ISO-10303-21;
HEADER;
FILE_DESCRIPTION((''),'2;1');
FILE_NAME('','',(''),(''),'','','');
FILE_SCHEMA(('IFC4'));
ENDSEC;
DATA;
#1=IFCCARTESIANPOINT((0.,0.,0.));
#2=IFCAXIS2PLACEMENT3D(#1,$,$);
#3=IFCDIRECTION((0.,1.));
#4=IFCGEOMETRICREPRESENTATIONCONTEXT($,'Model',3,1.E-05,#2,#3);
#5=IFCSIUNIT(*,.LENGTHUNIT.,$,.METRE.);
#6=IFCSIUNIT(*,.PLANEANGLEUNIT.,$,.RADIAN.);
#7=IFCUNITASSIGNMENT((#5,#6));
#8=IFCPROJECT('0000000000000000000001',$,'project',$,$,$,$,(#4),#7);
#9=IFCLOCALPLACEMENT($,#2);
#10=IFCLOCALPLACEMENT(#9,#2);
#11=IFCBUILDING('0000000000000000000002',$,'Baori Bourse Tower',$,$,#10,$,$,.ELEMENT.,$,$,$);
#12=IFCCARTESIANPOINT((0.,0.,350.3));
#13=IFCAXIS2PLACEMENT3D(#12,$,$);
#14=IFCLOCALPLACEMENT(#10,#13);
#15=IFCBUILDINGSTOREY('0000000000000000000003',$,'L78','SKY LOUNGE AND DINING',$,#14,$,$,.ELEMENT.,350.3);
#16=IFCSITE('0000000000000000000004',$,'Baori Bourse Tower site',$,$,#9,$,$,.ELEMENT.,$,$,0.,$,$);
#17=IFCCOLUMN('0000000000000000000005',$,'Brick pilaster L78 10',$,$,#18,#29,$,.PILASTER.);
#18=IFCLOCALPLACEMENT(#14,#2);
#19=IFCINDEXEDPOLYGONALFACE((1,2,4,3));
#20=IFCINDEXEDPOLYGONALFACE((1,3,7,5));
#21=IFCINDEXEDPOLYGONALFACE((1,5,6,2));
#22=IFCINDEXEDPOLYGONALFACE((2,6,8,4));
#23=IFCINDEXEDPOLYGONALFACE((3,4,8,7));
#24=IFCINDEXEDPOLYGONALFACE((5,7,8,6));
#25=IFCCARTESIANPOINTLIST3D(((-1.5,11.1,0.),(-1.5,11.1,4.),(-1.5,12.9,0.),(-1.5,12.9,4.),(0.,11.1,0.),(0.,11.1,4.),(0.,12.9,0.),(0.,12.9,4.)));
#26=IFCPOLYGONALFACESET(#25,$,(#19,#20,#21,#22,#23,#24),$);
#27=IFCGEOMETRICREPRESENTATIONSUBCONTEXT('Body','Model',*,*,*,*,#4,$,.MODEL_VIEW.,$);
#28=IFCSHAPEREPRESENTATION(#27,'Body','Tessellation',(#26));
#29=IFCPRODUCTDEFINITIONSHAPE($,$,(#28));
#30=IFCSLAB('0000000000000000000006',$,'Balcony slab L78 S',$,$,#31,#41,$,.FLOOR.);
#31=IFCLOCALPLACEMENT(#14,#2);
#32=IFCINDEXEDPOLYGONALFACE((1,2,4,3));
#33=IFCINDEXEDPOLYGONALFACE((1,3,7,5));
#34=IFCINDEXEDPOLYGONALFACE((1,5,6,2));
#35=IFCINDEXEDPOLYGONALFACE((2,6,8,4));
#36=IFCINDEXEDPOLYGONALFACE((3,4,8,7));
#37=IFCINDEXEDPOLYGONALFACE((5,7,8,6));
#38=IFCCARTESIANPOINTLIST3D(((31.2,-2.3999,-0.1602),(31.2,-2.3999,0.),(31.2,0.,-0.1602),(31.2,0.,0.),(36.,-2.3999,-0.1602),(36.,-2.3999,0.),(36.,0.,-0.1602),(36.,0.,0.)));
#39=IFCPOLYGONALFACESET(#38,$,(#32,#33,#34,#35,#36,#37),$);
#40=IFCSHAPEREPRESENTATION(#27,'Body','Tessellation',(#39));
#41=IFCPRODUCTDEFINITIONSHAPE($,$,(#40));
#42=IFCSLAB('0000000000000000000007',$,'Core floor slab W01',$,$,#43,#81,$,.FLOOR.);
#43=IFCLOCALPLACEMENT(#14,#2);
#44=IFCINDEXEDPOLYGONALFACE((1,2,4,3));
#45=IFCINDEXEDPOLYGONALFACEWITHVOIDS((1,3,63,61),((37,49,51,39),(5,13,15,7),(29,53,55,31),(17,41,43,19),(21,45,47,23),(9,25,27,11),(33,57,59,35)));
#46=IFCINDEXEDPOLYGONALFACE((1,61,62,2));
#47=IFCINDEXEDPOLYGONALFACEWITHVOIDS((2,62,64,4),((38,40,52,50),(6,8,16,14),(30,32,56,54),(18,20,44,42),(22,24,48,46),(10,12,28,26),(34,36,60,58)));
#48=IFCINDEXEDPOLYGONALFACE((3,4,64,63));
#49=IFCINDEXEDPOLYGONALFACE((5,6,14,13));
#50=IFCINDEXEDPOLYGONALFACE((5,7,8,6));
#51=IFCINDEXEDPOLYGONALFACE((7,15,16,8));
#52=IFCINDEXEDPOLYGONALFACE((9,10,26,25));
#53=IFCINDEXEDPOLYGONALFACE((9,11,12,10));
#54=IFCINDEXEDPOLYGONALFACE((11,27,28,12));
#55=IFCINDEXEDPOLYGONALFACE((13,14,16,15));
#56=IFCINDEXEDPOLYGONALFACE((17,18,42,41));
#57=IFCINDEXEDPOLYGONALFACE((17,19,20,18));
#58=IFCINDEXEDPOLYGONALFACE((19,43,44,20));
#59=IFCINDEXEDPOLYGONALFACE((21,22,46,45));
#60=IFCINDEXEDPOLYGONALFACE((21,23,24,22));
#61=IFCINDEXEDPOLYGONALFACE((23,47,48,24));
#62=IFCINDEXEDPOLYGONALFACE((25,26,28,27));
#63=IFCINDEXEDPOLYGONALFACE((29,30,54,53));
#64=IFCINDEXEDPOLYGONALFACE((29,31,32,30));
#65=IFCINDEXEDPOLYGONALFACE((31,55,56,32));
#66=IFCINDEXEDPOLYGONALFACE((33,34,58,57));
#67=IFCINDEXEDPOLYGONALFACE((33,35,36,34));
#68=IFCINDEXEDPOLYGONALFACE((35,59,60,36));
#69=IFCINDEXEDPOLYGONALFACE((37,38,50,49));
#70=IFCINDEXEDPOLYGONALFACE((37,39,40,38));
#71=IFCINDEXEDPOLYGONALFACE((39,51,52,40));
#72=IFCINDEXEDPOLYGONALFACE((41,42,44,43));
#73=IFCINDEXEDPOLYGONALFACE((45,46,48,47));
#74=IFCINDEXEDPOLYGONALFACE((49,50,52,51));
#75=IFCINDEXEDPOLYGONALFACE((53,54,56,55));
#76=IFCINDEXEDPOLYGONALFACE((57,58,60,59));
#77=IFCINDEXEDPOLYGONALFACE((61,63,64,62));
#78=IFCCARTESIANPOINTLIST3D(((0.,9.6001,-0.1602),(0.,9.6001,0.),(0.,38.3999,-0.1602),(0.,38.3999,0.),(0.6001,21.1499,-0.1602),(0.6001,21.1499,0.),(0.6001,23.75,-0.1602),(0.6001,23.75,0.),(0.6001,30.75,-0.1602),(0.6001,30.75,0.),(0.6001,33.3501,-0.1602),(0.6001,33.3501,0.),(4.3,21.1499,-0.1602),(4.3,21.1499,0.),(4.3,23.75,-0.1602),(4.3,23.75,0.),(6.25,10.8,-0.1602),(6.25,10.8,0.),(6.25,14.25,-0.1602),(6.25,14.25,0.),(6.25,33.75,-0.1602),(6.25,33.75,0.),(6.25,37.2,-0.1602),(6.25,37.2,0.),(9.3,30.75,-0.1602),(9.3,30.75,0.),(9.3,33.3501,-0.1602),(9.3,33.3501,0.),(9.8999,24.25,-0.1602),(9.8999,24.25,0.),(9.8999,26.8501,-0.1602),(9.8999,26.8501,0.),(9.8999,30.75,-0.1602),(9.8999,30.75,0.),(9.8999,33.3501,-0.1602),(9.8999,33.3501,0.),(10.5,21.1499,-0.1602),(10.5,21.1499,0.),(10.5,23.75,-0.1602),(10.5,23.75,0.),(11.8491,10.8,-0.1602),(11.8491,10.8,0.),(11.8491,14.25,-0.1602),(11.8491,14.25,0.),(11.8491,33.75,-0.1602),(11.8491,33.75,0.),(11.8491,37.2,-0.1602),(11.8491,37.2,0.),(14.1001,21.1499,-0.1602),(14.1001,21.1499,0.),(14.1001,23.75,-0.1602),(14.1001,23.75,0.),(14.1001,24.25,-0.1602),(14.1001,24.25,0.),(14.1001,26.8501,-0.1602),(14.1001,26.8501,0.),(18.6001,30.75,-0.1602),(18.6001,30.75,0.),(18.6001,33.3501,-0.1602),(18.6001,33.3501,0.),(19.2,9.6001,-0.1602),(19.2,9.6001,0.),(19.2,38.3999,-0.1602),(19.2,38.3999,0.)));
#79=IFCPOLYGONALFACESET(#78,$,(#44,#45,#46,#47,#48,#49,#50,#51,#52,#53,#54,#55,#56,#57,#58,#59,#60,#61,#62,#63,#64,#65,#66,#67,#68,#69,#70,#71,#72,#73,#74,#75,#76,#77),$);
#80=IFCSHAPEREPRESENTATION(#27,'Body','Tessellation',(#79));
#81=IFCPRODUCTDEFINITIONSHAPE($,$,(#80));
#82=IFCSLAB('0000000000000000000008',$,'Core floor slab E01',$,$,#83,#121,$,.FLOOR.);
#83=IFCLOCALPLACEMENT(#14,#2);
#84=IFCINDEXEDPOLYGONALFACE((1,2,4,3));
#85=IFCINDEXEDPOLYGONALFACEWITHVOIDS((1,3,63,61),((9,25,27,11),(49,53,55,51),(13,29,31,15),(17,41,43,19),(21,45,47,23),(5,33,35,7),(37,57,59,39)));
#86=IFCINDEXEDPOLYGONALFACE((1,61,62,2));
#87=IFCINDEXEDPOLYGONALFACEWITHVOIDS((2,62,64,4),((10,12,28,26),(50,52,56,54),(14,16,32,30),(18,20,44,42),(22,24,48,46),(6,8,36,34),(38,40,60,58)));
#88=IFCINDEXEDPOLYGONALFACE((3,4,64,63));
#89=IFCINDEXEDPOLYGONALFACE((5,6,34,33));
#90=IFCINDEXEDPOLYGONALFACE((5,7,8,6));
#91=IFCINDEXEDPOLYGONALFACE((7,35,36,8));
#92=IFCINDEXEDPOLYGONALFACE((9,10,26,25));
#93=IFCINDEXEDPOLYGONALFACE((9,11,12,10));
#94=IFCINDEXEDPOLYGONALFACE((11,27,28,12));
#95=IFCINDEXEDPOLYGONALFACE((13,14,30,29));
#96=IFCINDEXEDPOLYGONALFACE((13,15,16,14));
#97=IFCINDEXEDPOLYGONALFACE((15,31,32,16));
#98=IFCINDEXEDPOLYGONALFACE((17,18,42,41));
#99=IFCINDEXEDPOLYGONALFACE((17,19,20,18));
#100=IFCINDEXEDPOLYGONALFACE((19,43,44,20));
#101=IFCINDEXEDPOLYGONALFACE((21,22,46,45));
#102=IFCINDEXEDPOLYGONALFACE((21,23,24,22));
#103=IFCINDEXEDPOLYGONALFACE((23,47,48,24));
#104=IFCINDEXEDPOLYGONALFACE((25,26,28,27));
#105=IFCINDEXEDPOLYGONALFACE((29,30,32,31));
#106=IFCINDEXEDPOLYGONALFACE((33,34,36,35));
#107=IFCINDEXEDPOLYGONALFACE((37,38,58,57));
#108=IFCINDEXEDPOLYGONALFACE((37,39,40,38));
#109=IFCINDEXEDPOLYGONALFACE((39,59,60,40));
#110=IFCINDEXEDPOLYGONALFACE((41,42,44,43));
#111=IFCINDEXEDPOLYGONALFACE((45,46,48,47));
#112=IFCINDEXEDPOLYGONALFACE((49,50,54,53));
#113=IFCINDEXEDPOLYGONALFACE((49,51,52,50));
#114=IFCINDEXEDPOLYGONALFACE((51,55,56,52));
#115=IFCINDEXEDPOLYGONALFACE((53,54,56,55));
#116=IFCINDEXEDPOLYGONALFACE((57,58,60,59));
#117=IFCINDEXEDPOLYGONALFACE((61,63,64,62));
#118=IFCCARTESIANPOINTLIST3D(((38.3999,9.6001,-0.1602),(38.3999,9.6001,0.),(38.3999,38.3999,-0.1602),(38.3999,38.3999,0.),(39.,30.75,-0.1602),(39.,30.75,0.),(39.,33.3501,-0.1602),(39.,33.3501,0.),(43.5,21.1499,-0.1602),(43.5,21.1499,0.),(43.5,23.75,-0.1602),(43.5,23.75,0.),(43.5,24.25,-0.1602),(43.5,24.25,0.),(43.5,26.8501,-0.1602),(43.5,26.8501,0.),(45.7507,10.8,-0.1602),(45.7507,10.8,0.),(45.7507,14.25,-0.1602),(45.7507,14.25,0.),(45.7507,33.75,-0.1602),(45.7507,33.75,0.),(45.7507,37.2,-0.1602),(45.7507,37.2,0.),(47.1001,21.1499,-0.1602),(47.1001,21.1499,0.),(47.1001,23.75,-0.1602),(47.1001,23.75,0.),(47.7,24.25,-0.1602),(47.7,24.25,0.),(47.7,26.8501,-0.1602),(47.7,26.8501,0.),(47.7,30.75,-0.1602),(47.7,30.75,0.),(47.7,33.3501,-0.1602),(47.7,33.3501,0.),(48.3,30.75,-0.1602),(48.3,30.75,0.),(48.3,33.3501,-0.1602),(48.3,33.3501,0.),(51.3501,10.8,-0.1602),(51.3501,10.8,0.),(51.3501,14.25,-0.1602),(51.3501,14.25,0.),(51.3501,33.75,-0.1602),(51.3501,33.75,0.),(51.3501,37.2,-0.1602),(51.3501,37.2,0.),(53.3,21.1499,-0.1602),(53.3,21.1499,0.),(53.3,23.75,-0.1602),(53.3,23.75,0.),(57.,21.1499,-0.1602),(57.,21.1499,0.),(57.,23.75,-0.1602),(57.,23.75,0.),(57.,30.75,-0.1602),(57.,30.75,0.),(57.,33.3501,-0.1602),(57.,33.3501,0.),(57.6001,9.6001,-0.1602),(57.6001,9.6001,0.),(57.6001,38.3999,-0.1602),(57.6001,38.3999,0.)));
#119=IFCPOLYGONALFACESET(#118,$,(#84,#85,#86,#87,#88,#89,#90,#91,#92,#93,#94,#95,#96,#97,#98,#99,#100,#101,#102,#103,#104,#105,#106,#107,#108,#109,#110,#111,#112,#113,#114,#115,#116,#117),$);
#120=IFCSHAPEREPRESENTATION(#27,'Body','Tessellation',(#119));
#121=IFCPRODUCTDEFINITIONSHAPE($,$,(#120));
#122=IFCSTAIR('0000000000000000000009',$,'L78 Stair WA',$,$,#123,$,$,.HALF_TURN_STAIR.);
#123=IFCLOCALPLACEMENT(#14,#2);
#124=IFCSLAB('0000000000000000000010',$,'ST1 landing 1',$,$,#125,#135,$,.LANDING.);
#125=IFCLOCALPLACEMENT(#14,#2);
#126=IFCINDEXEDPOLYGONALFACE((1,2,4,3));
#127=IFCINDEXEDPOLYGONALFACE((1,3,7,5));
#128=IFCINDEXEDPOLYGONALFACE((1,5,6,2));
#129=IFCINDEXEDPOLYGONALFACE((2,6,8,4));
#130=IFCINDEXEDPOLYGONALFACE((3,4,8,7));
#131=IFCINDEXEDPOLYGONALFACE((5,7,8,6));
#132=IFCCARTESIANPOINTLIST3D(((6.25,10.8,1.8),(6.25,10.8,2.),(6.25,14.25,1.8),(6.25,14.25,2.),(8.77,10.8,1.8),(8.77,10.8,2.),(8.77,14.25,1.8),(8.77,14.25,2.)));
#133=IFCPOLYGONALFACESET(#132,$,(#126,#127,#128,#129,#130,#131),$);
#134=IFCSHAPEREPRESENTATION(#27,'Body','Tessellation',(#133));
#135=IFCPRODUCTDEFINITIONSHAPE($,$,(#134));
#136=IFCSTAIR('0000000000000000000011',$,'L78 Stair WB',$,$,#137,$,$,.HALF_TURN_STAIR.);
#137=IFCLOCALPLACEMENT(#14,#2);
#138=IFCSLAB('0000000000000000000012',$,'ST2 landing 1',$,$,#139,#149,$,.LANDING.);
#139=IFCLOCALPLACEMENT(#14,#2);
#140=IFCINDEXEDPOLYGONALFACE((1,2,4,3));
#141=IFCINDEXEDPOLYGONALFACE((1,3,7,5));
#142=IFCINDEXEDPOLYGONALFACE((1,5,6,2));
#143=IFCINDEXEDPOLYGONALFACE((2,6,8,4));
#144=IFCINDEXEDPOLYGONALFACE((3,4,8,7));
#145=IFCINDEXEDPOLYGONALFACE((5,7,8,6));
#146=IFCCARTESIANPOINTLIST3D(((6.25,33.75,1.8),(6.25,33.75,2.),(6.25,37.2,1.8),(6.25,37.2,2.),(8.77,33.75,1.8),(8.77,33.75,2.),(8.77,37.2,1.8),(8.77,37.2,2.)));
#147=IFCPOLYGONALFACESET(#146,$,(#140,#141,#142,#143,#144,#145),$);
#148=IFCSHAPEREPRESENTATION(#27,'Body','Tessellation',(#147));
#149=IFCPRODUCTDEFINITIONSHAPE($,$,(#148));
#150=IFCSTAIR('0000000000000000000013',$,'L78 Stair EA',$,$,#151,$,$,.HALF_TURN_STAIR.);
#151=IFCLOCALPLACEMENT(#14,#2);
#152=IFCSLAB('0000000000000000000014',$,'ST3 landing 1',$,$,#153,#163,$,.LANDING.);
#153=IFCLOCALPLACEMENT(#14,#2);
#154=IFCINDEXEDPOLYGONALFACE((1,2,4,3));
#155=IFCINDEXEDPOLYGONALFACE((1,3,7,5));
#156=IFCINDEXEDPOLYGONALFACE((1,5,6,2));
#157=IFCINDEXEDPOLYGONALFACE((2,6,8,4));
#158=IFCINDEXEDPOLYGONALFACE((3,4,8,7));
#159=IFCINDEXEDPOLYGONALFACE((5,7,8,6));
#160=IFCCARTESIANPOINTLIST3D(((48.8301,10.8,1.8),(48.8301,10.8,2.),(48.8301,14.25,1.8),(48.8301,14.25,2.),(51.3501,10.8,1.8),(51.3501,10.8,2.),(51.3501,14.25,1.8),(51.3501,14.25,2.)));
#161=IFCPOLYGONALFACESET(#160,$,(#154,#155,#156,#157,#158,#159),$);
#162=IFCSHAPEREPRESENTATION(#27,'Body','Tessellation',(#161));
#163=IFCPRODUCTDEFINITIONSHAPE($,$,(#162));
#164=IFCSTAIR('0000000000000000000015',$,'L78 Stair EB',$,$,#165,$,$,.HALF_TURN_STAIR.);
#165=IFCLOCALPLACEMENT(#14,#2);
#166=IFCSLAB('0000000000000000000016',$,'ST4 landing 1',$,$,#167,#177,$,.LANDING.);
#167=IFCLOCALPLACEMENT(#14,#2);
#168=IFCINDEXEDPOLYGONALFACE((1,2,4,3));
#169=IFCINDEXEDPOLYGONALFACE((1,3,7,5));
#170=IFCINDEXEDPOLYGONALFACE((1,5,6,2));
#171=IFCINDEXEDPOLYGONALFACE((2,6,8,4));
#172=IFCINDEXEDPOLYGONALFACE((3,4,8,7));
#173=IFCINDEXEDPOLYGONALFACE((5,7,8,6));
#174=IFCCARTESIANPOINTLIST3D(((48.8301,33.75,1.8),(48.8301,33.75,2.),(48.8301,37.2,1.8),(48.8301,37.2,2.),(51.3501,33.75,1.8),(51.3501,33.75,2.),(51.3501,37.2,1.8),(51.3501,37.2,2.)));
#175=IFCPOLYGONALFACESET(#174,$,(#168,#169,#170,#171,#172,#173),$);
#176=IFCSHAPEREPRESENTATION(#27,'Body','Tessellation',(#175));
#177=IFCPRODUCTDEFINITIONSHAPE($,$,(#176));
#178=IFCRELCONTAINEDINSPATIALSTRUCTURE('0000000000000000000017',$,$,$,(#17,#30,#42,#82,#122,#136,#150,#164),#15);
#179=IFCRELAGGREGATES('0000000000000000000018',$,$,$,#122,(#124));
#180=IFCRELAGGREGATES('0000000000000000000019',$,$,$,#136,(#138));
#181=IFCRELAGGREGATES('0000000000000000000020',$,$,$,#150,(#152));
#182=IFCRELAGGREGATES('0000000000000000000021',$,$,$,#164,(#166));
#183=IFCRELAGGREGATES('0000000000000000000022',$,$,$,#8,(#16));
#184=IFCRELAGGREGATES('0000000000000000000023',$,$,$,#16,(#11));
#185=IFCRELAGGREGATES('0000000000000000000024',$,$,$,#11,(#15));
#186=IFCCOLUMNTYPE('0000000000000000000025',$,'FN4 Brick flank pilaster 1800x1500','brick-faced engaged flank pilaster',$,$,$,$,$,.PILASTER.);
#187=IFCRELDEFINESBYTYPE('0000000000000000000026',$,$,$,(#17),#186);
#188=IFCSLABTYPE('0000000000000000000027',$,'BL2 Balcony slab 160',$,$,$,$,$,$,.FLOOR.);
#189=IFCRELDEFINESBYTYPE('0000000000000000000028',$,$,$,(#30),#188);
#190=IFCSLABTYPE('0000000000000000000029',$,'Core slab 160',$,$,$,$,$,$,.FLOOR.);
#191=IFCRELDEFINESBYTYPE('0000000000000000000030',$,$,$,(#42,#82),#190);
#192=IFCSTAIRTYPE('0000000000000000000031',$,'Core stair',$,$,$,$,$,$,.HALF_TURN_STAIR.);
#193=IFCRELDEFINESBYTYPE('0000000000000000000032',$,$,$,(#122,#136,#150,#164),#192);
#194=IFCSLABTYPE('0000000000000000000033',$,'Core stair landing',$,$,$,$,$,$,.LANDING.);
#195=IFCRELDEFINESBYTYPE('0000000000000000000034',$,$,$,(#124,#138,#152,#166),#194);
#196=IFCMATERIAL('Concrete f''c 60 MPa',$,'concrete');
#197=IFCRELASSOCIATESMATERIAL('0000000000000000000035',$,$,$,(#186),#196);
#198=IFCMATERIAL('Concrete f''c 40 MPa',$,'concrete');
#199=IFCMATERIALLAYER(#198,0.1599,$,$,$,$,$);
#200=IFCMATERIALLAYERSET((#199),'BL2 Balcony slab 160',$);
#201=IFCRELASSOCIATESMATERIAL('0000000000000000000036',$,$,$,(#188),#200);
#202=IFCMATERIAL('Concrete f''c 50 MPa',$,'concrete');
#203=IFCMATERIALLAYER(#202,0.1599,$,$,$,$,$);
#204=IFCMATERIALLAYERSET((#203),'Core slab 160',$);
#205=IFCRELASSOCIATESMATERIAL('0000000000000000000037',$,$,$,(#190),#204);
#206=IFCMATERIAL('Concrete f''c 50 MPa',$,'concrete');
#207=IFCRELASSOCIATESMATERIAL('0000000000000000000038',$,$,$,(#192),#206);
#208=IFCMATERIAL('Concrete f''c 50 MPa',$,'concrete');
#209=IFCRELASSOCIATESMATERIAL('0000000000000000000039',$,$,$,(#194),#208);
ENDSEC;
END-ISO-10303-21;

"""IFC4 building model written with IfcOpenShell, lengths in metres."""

from ifc_helpers import new_model, si_unit, direction, frame, origin, origin_2d, place, context, subcontext, project, spatial, polyline, rectangle, outline, extrude, material, layer, layer_set, material_profile, profile_set, type_object, element, aggregate, save


model = new_model("IFC4")

# Units and contexts
model_context = context("Model", 3, precision=1e-05, world=origin(), true_north=direction((0.0, 1.0)))
body_context = subcontext(model_context, "Body", "Model", "MODEL_VIEW")
ifc_project = project(units=[si_unit("LENGTHUNIT", "METRE"), si_unit("PLANEANGLEUNIT", "RADIAN")], contexts=[model_context])

# Site, building, storey
site_placement = place(None, origin())
site = spatial("IfcSite", under=ifc_project, at=site_placement, Name="Baori Bourse Tower site", CompositionType="ELEMENT", RefElevation=0.0)
building_placement = place(site_placement, origin())
building = spatial("IfcBuilding", under=site, at=building_placement, Name="Baori Bourse Tower", CompositionType="ELEMENT")
storey_placement = place(building_placement, frame((0.0, 0.0, 350.3)))
storey = spatial("IfcBuildingStorey", under=building, at=storey_placement, Name="L78", Description="SKY LOUNGE AND DINING", CompositionType="ELEMENT", Elevation=350.3)

# Column
ifc_material_1 = material(Name="Concrete f'c 60 MPa", Category="concrete")
ifc_material_profile = material_profile(ifc_material_1, rectangle(XDim=1.8, YDim=1.5, at=origin_2d()), Name="RC 1800x1500")
ifc_profile_set = profile_set([ifc_material_profile], Name="Concrete f'c 60 MPa")
column_type = type_object("IfcColumnType", Name="FN4 Brick flank pilaster 1800x1500", Description="brick-faced engaged flank pilaster", PredefinedType="PILASTER", material=ifc_profile_set)
column_placement = place(storey_placement, frame((-0.75, 12.0, 0.0), z_axis=(0.0, 0.0, 1.0), x_axis=(0.0, 1.0, 0.0)))
element("IfcColumn", 1, at=column_placement, inside=storey, type_object=column_type, Name="Brick pilaster L78 10", PredefinedType="PILASTER", context=body_context, shape_type="SweptSolid", body=[
    extrude(rectangle(XDim=1.8, YDim=1.5, at=origin_2d()), origin(), (0.0, 0.0, 1.0), 4.0),
])

# Slabs
ifc_material_2 = material(Name="Concrete f'c 40 MPa", Category="concrete")
ifc_layer_1 = layer(ifc_material_2, 0.1599)
ifc_layer_set_1 = layer_set([ifc_layer_1], Name="BL2 Balcony slab 160")
slab_type_1 = type_object("IfcSlabType", Name="BL2 Balcony slab 160", PredefinedType="FLOOR", material=ifc_layer_set_1)
slab_1_placement = place(storey_placement, frame((0.0, 0.0, -0.1602)))
element("IfcSlab", 2, at=slab_1_placement, inside=storey, type_object=slab_type_1, Name="Balcony slab L78 S", PredefinedType="FLOOR", context=body_context, shape_type="SweptSolid", body=[
    extrude(outline(polyline([(31.2, 0.0), (31.2, -2.3999), (36.0, -2.3999), (36.0, 0.0), (31.2, 0.0)])), origin(), (0.0, 0.0, 1.0), 0.1602),
])
ifc_material_3 = material(Name="Concrete f'c 50 MPa", Category="concrete")
ifc_layer_2 = layer(ifc_material_3, 0.1599)
ifc_layer_set_2 = layer_set([ifc_layer_2], Name="Core slab 160")
slab_type_2 = type_object("IfcSlabType", Name="Core slab 160", PredefinedType="FLOOR", material=ifc_layer_set_2)
slab_2_placement = place(storey_placement, frame((0.0, 0.0, -0.1602)))
element("IfcSlab", 3, at=slab_2_placement, inside=storey, type_object=slab_type_2, Name="Core floor slab W01", PredefinedType="FLOOR", context=body_context, shape_type="SweptSolid", body=[
    extrude(outline(polyline([(19.2, 38.3999), (0.0, 38.3999), (0.0, 9.6001), (19.2, 9.6001), (19.2, 38.3999)]), holes=[polyline([(9.8999, 33.3501), (18.6001, 33.3501), (18.6001, 30.75), (9.8999, 30.75), (9.8999, 33.3501)]), polyline([(10.5, 21.1499), (10.5, 23.75), (14.1001, 23.75), (14.1001, 21.1499), (10.5, 21.1499)]), polyline([(14.1001, 24.25), (9.8999, 24.25), (9.8999, 26.8501), (14.1001, 26.8501), (14.1001, 24.25)]), polyline([(6.25, 14.25), (11.8491, 14.25), (11.8491, 10.8), (6.25, 10.8), (6.25, 14.25)]), polyline([(11.8491, 37.2), (11.8491, 33.75), (6.25, 33.75), (6.25, 37.2), (11.8491, 37.2)]), polyline([(0.6001, 30.75), (0.6001, 33.3501), (9.3, 33.3501), (9.3, 30.75), (0.6001, 30.75)]), polyline([(4.3, 23.75), (4.3, 21.1499), (0.6001, 21.1499), (0.6001, 23.75), (4.3, 23.75)])]), origin(), (0.0, 0.0, 1.0), 0.1602),
])
slab_3_placement = place(storey_placement, frame((0.0, 0.0, -0.1602)))
element("IfcSlab", 4, at=slab_3_placement, inside=storey, type_object=slab_type_2, Name="Core floor slab E01", PredefinedType="FLOOR", context=body_context, shape_type="SweptSolid", body=[
    extrude(outline(polyline([(57.6001, 9.6001), (57.6001, 38.3999), (38.3999, 38.3999), (38.3999, 9.6001), (57.6001, 9.6001)]), holes=[polyline([(48.3, 33.3501), (57.0, 33.3501), (57.0, 30.75), (48.3, 30.75), (48.3, 33.3501)]), polyline([(57.0, 21.1499), (53.3, 21.1499), (53.3, 23.75), (57.0, 23.75), (57.0, 21.1499)]), polyline([(45.7507, 14.25), (51.3501, 14.25), (51.3501, 10.8), (45.7507, 10.8), (45.7507, 14.25)]), polyline([(51.3501, 37.2), (51.3501, 33.75), (45.7507, 33.75), (45.7507, 37.2), (51.3501, 37.2)]), polyline([(43.5, 24.25), (43.5, 26.8501), (47.7, 26.8501), (47.7, 24.25), (43.5, 24.25)]), polyline([(47.7, 33.3501), (47.7, 30.75), (39.0, 30.75), (39.0, 33.3501), (47.7, 33.3501)]), polyline([(43.5, 23.75), (47.1001, 23.75), (47.1001, 21.1499), (43.5, 21.1499), (43.5, 23.75)])]), origin(), (0.0, 0.0, 1.0), 0.1602),
])

# Stairs, slabs
ifc_material_4 = material(Name="Concrete f'c 50 MPa", Category="concrete")
stair_type = type_object("IfcStairType", Name="Core stair", PredefinedType="HALF_TURN_STAIR", material=ifc_material_4)
stair_1_placement = place(storey_placement, origin())
stair_1 = element("IfcStair", 5, at=stair_1_placement, inside=storey, type_object=stair_type, Name="L78 Stair WA", PredefinedType="HALF_TURN_STAIR")
ifc_material_5 = material(Name="Concrete f'c 50 MPa", Category="concrete")
slab_type_3 = type_object("IfcSlabType", Name="Core stair landing", PredefinedType="LANDING", material=ifc_material_5)
slab_4_placement = place(storey_placement, frame((0.0, 0.0, 1.8)))
slab_4 = element("IfcSlab", 6, at=slab_4_placement, type_object=slab_type_3, Name="ST1 landing 1", PredefinedType="LANDING", context=body_context, shape_type="SweptSolid", body=[
    extrude(outline(polyline([(8.77, 14.25), (6.25, 14.25), (6.25, 10.8), (8.77, 10.8), (8.77, 14.25)])), origin(), (0.0, 0.0, 1.0), 0.2),
])
aggregate(stair_1, [slab_4])
stair_2_placement = place(storey_placement, origin())
stair_2 = element("IfcStair", 7, at=stair_2_placement, inside=storey, type_object=stair_type, Name="L78 Stair WB", PredefinedType="HALF_TURN_STAIR")
slab_5_placement = place(storey_placement, frame((0.0, 0.0, 1.8)))
slab_5 = element("IfcSlab", 8, at=slab_5_placement, type_object=slab_type_3, Name="ST2 landing 1", PredefinedType="LANDING", context=body_context, shape_type="SweptSolid", body=[
    extrude(outline(polyline([(8.77, 37.2), (6.25, 37.2), (6.25, 33.75), (8.77, 33.75), (8.77, 37.2)])), origin(), (0.0, 0.0, 1.0), 0.2),
])
aggregate(stair_2, [slab_5])
stair_3_placement = place(storey_placement, origin())
stair_3 = element("IfcStair", 9, at=stair_3_placement, inside=storey, type_object=stair_type, Name="L78 Stair EA", PredefinedType="HALF_TURN_STAIR")
slab_6_placement = place(storey_placement, frame((0.0, 0.0, 1.8)))
slab_6 = element("IfcSlab", 10, at=slab_6_placement, type_object=slab_type_3, Name="ST3 landing 1", PredefinedType="LANDING", context=body_context, shape_type="SweptSolid", body=[
    extrude(outline(polyline([(48.8301, 10.8), (51.3501, 10.8), (51.3501, 14.25), (48.8301, 14.25), (48.8301, 10.8)])), origin(), (0.0, 0.0, 1.0), 0.2),
])
aggregate(stair_3, [slab_6])
stair_4_placement = place(storey_placement, origin())
stair_4 = element("IfcStair", 11, at=stair_4_placement, inside=storey, type_object=stair_type, Name="L78 Stair EB", PredefinedType="HALF_TURN_STAIR")
slab_7_placement = place(storey_placement, frame((0.0, 0.0, 1.8)))
slab_7 = element("IfcSlab", 12, at=slab_7_placement, type_object=slab_type_3, Name="ST4 landing 1", PredefinedType="LANDING", context=body_context, shape_type="SweptSolid", body=[
    extrude(outline(polyline([(48.8301, 33.75), (51.3501, 33.75), (51.3501, 37.2), (48.8301, 37.2), (48.8301, 33.75)])), origin(), (0.0, 0.0, 1.0), 0.2),
])
aggregate(stair_4, [slab_7])

save(model, "model.ifc")
